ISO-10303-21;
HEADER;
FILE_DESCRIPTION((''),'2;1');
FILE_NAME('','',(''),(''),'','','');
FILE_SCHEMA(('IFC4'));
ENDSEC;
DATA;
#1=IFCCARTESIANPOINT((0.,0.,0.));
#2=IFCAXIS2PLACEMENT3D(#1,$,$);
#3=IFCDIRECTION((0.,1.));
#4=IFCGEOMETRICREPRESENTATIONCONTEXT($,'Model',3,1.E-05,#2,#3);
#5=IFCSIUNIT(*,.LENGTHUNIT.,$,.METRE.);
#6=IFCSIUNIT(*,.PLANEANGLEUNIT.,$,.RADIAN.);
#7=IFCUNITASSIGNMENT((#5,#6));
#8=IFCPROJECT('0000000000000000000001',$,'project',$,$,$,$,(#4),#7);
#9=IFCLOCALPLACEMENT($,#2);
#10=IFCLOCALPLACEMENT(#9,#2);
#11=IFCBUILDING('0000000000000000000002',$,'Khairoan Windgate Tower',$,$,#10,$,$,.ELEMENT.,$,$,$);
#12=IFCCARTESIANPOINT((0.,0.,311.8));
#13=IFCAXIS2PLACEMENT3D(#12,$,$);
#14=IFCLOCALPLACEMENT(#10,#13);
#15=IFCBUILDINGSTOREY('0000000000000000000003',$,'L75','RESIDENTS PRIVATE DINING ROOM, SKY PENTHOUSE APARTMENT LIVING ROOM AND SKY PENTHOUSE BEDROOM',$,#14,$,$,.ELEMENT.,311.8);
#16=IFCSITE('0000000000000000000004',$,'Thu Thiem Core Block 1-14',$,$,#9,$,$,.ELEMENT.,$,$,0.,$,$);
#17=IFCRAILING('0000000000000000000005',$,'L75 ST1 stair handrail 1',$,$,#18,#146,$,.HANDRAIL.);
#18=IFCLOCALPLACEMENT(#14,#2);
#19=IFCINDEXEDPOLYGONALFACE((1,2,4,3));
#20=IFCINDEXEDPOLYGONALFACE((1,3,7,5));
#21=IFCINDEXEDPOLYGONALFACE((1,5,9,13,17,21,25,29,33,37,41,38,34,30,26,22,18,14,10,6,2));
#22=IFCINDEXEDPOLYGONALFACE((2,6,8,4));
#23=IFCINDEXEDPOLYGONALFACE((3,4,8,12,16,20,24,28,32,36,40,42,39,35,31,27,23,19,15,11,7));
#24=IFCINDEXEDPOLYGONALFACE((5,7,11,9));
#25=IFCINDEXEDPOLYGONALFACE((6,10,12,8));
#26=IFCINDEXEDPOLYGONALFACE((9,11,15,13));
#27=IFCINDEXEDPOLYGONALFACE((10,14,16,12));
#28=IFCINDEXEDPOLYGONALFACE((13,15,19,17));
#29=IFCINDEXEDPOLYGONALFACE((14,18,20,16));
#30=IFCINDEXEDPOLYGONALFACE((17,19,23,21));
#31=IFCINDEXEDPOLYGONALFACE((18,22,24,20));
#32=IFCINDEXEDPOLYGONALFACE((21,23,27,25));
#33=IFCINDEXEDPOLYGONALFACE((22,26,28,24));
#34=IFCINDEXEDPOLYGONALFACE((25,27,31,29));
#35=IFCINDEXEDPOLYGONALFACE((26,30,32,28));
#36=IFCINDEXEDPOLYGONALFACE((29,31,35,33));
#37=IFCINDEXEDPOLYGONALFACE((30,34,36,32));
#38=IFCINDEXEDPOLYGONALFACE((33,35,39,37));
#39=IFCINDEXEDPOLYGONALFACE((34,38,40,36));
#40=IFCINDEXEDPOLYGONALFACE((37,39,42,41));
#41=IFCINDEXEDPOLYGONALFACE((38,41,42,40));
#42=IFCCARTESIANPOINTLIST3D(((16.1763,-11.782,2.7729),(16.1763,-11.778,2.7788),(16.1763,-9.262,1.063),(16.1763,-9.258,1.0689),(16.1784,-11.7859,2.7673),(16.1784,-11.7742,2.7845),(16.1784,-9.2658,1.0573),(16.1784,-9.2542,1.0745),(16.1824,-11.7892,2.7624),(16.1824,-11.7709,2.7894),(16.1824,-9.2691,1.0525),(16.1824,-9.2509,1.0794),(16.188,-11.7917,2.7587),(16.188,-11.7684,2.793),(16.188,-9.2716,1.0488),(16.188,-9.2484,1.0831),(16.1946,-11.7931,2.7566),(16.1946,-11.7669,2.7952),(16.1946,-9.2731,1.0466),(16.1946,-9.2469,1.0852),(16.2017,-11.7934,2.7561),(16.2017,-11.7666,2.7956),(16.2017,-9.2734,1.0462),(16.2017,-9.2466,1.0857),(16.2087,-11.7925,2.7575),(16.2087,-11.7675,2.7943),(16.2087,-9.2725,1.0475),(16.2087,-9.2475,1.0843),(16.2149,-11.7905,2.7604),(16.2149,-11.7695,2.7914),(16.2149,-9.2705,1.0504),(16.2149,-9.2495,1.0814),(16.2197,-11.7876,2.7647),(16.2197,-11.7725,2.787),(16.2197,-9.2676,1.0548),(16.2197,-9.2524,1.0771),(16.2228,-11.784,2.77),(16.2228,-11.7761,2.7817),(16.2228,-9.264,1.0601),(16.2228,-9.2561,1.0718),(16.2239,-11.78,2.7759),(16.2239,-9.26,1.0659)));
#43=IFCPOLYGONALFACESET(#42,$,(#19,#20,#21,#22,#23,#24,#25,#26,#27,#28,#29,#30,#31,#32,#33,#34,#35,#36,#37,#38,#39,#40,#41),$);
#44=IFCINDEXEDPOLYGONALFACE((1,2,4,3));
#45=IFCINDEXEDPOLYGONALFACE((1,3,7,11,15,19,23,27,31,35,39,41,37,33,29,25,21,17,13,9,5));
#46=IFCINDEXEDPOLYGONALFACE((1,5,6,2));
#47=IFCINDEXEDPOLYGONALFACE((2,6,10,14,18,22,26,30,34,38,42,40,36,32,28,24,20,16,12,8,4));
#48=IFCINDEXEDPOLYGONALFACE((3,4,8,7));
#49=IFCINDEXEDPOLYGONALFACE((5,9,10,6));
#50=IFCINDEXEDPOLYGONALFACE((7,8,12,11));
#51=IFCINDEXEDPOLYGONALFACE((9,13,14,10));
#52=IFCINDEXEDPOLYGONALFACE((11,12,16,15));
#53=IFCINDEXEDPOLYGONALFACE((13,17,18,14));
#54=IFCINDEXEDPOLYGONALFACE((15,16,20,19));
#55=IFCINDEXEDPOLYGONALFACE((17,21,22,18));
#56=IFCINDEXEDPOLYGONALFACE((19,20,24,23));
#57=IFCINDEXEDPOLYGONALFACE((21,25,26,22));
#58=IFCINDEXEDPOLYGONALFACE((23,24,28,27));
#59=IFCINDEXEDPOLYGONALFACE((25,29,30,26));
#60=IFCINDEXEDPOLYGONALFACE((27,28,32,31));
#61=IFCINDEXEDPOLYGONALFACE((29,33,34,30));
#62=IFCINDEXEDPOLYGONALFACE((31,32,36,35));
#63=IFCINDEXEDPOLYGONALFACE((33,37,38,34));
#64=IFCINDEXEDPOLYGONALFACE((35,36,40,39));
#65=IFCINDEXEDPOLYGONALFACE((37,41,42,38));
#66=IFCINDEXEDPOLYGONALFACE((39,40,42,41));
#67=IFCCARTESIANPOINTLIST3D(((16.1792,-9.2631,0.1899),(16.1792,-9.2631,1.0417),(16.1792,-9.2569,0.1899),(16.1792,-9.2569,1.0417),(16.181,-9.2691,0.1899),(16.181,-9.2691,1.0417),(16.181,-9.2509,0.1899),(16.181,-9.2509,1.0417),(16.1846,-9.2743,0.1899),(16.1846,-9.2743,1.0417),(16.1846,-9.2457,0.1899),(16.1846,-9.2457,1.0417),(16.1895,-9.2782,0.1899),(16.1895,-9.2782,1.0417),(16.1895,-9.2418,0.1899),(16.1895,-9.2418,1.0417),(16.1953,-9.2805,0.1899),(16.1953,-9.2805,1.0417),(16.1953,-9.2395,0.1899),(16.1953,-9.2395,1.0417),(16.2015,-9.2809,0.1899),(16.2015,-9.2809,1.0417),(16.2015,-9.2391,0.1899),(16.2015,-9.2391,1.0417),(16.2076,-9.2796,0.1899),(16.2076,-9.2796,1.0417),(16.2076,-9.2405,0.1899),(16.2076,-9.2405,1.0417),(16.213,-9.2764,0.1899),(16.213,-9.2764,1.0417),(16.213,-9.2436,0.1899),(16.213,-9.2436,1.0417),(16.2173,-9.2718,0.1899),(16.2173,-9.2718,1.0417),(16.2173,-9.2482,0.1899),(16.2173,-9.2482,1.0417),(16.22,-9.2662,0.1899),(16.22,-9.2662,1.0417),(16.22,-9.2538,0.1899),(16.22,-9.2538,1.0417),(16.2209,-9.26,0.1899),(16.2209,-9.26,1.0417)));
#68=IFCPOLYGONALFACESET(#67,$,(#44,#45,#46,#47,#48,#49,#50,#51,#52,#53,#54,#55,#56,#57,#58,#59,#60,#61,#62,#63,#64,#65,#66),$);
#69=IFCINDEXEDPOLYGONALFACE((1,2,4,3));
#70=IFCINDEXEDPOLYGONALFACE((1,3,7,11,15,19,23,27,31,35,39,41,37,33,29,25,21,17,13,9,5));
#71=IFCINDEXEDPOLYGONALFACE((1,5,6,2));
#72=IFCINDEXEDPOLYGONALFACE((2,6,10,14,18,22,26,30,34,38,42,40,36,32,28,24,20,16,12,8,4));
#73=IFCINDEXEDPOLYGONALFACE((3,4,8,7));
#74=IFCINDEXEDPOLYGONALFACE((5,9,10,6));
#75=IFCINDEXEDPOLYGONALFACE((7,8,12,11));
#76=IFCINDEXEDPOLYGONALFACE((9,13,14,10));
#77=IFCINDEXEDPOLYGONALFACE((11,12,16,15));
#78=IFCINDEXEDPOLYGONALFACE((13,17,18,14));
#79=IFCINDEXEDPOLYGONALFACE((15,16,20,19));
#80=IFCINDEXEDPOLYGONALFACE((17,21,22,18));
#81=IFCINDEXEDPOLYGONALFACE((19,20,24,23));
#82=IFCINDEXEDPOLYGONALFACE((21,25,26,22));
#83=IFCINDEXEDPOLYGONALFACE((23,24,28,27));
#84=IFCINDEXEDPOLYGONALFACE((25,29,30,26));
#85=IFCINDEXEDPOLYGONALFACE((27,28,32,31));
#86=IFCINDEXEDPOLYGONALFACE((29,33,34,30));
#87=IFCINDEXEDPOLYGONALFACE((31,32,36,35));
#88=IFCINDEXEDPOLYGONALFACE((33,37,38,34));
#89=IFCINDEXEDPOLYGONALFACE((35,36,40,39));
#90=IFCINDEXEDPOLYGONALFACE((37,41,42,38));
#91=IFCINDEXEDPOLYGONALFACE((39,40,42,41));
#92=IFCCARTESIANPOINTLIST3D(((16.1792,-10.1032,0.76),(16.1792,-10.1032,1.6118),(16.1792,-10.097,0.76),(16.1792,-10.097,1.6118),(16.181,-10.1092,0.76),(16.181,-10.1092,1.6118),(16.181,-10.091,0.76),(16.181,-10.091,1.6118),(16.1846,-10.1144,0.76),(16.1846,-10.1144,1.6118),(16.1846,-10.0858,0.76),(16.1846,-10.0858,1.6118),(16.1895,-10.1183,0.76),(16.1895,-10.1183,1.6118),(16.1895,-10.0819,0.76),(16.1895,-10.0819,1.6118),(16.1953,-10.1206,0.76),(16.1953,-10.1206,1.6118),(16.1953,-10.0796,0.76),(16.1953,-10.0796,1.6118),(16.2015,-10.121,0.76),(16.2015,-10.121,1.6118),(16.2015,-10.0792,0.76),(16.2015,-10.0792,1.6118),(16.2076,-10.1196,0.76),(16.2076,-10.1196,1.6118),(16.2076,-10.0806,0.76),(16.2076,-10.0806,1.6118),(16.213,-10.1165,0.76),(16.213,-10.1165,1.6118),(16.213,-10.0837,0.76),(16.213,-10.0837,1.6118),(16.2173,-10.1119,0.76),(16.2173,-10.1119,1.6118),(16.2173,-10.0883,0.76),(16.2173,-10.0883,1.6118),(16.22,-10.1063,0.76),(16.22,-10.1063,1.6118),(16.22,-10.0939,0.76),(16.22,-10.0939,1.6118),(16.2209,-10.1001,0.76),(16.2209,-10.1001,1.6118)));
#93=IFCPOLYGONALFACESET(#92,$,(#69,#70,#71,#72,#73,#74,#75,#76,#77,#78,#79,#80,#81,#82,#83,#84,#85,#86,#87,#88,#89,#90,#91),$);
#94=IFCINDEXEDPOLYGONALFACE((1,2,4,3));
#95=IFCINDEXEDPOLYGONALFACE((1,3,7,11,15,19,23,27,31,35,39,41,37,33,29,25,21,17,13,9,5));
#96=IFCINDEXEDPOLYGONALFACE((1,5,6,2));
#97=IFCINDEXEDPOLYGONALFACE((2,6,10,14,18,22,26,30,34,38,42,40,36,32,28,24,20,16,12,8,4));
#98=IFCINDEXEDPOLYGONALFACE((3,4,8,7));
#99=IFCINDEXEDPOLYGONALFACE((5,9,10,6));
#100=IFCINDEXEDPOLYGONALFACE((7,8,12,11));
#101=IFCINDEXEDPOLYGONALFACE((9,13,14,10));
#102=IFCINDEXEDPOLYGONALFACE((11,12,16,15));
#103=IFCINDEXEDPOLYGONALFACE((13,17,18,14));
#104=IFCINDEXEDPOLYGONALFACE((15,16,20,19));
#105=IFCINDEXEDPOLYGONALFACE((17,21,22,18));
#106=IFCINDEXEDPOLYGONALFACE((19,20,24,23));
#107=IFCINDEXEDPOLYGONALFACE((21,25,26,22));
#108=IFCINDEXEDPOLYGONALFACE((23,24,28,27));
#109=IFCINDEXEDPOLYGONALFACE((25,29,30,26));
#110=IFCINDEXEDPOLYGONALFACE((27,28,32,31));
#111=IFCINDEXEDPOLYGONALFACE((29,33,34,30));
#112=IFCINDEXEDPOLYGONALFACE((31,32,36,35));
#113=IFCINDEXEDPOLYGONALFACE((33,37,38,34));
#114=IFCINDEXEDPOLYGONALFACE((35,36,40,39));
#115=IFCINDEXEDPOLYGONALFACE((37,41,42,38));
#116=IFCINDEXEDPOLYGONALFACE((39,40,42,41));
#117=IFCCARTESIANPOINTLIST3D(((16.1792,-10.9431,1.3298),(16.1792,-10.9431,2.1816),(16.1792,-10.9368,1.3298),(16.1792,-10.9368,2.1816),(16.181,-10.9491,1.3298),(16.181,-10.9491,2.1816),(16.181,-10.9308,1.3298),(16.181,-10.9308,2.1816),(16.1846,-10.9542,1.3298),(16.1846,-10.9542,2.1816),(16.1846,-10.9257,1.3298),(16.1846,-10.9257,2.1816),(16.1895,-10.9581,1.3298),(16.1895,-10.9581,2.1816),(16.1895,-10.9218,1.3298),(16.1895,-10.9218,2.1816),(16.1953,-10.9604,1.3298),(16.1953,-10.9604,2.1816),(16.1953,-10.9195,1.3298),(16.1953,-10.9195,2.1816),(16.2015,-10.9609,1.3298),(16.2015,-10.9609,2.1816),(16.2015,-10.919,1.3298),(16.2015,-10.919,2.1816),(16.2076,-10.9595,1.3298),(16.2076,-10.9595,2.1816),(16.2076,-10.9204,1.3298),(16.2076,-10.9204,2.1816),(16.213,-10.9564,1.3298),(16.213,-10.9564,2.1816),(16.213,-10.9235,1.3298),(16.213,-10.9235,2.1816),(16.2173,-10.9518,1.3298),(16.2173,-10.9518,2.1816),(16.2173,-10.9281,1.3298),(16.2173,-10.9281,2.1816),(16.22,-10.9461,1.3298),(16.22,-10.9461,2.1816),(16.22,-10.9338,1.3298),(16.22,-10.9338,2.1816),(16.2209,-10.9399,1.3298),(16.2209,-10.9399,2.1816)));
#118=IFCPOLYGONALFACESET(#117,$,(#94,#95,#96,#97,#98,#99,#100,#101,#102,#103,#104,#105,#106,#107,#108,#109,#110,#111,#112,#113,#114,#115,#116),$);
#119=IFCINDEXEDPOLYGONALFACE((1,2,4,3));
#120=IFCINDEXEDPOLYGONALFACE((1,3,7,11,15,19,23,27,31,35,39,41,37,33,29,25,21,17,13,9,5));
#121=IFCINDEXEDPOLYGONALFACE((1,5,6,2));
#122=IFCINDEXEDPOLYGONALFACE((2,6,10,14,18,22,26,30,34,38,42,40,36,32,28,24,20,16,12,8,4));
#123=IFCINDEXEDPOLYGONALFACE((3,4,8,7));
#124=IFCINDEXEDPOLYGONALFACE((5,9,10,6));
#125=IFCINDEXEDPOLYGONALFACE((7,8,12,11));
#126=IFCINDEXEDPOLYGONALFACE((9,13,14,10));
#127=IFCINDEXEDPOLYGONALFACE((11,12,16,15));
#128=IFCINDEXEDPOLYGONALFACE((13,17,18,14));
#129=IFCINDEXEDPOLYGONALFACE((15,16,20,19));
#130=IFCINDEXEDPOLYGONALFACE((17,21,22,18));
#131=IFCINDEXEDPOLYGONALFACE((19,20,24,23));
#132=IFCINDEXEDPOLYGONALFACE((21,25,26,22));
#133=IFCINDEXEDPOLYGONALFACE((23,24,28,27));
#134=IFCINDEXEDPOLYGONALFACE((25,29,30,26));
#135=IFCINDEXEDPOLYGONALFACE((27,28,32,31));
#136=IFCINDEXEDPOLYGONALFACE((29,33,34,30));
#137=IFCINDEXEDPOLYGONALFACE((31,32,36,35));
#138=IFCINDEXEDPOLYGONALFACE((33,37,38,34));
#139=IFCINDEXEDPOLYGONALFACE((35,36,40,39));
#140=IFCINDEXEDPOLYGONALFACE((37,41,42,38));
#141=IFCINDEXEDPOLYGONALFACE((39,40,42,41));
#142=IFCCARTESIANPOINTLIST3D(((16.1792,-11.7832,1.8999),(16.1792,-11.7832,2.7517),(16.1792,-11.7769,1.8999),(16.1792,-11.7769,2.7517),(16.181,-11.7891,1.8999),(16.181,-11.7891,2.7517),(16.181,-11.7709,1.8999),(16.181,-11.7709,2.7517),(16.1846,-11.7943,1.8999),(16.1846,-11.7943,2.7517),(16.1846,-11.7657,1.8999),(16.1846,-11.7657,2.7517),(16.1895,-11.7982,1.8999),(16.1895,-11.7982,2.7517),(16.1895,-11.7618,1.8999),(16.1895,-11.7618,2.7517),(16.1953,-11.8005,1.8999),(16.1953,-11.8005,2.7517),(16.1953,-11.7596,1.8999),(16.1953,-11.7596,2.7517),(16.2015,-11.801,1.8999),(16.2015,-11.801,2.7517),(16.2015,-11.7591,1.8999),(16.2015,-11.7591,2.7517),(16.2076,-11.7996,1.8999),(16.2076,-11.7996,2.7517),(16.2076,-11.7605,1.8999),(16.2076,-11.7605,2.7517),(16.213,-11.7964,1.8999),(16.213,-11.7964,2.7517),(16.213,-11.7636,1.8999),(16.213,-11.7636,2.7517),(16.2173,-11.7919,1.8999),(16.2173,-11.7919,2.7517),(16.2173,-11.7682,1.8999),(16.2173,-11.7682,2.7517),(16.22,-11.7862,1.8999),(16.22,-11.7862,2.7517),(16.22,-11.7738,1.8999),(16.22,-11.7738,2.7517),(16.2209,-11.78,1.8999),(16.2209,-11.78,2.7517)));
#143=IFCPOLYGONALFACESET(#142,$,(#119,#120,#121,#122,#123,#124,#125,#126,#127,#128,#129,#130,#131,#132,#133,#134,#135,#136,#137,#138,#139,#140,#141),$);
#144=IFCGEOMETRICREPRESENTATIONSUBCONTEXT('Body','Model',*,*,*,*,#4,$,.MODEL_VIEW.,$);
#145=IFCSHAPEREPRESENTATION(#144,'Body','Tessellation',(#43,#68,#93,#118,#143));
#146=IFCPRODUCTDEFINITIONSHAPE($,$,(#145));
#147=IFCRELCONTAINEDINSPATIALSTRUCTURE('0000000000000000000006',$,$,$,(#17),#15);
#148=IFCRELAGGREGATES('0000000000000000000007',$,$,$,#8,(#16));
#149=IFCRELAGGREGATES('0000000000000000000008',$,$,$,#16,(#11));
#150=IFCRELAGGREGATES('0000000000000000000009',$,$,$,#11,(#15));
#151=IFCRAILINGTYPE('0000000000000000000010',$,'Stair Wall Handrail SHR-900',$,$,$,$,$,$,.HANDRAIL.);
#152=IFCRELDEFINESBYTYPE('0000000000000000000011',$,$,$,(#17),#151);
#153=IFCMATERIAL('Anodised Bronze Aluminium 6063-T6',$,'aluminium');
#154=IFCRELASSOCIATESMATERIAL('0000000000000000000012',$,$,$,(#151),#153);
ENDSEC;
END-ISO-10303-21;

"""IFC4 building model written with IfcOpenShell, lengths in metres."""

from ifc_helpers import new_model, si_unit, direction, frame, origin, origin_2d, place, context, subcontext, project, spatial, circle, extrude, material, type_object, element, save


model = new_model("IFC4")

# Units and contexts
model_context = context("Model", 3, precision=1e-05, world=origin(), true_north=direction((0.0, 1.0)))
body_context = subcontext(model_context, "Body", "Model", "MODEL_VIEW")
ifc_project = project(units=[si_unit("LENGTHUNIT", "METRE"), si_unit("PLANEANGLEUNIT", "RADIAN")], contexts=[model_context])

# Site, building, storey
site_placement = place(None, origin())
site = spatial("IfcSite", under=ifc_project, at=site_placement, Name="Thu Thiem Core Block 1-14", CompositionType="ELEMENT", RefElevation=0.0)
building_placement = place(site_placement, origin())
building = spatial("IfcBuilding", under=site, at=building_placement, Name="Khairoan Windgate Tower", CompositionType="ELEMENT")
storey_placement = place(building_placement, frame((0.0, 0.0, 311.8)))
storey = spatial("IfcBuildingStorey", under=building, at=storey_placement, Name="L75", Description="RESIDENTS PRIVATE DINING ROOM, SKY PENTHOUSE APARTMENT LIVING ROOM AND SKY PENTHOUSE BEDROOM", CompositionType="ELEMENT", Elevation=311.8)

# Railing
ifc_material_1 = material(Name="Anodised Bronze Aluminium 6063-T6", Category="aluminium")
railing_type_1 = type_object("IfcRailingType", Name="Stair Wall Handrail SHR-900", PredefinedType="HANDRAIL", material=ifc_material_1)
railing_1_placement = place(storey_placement, frame((16.2, -9.26, 0.1899)))
element("IfcRailing", 1, at=railing_1_placement, inside=storey, type_object=railing_type_1, Name="L75 ST1 stair handrail 1", PredefinedType="HANDRAIL", context=body_context, shape_type="SweptSolid", body=[
    extrude(circle(Radius=0.0239, at=origin_2d()), frame((0.0, 0.0, 0.876), z_axis=(0.0, -0.827484, 0.56149), x_axis=(1.0, 0.0, 0.0)), (0.0, 0.0, 1.0), 3.0454),
    extrude(circle(Radius=0.021, at=origin_2d()), origin(), (0.0, 0.0, 1.0), 0.8518),
    extrude(circle(Radius=0.021, at=origin_2d()), frame((0.0, -0.8401, 0.5701)), (0.0, 0.0, 1.0), 0.8518),
    extrude(circle(Radius=0.021, at=origin_2d()), frame((0.0, -1.6799, 1.1399)), (0.0, 0.0, 1.0), 0.8518),
    extrude(circle(Radius=0.021, at=origin_2d()), frame((0.0, -2.52, 1.71)), (0.0, 0.0, 1.0), 0.8518),
])

save(model, "model.ifc")
